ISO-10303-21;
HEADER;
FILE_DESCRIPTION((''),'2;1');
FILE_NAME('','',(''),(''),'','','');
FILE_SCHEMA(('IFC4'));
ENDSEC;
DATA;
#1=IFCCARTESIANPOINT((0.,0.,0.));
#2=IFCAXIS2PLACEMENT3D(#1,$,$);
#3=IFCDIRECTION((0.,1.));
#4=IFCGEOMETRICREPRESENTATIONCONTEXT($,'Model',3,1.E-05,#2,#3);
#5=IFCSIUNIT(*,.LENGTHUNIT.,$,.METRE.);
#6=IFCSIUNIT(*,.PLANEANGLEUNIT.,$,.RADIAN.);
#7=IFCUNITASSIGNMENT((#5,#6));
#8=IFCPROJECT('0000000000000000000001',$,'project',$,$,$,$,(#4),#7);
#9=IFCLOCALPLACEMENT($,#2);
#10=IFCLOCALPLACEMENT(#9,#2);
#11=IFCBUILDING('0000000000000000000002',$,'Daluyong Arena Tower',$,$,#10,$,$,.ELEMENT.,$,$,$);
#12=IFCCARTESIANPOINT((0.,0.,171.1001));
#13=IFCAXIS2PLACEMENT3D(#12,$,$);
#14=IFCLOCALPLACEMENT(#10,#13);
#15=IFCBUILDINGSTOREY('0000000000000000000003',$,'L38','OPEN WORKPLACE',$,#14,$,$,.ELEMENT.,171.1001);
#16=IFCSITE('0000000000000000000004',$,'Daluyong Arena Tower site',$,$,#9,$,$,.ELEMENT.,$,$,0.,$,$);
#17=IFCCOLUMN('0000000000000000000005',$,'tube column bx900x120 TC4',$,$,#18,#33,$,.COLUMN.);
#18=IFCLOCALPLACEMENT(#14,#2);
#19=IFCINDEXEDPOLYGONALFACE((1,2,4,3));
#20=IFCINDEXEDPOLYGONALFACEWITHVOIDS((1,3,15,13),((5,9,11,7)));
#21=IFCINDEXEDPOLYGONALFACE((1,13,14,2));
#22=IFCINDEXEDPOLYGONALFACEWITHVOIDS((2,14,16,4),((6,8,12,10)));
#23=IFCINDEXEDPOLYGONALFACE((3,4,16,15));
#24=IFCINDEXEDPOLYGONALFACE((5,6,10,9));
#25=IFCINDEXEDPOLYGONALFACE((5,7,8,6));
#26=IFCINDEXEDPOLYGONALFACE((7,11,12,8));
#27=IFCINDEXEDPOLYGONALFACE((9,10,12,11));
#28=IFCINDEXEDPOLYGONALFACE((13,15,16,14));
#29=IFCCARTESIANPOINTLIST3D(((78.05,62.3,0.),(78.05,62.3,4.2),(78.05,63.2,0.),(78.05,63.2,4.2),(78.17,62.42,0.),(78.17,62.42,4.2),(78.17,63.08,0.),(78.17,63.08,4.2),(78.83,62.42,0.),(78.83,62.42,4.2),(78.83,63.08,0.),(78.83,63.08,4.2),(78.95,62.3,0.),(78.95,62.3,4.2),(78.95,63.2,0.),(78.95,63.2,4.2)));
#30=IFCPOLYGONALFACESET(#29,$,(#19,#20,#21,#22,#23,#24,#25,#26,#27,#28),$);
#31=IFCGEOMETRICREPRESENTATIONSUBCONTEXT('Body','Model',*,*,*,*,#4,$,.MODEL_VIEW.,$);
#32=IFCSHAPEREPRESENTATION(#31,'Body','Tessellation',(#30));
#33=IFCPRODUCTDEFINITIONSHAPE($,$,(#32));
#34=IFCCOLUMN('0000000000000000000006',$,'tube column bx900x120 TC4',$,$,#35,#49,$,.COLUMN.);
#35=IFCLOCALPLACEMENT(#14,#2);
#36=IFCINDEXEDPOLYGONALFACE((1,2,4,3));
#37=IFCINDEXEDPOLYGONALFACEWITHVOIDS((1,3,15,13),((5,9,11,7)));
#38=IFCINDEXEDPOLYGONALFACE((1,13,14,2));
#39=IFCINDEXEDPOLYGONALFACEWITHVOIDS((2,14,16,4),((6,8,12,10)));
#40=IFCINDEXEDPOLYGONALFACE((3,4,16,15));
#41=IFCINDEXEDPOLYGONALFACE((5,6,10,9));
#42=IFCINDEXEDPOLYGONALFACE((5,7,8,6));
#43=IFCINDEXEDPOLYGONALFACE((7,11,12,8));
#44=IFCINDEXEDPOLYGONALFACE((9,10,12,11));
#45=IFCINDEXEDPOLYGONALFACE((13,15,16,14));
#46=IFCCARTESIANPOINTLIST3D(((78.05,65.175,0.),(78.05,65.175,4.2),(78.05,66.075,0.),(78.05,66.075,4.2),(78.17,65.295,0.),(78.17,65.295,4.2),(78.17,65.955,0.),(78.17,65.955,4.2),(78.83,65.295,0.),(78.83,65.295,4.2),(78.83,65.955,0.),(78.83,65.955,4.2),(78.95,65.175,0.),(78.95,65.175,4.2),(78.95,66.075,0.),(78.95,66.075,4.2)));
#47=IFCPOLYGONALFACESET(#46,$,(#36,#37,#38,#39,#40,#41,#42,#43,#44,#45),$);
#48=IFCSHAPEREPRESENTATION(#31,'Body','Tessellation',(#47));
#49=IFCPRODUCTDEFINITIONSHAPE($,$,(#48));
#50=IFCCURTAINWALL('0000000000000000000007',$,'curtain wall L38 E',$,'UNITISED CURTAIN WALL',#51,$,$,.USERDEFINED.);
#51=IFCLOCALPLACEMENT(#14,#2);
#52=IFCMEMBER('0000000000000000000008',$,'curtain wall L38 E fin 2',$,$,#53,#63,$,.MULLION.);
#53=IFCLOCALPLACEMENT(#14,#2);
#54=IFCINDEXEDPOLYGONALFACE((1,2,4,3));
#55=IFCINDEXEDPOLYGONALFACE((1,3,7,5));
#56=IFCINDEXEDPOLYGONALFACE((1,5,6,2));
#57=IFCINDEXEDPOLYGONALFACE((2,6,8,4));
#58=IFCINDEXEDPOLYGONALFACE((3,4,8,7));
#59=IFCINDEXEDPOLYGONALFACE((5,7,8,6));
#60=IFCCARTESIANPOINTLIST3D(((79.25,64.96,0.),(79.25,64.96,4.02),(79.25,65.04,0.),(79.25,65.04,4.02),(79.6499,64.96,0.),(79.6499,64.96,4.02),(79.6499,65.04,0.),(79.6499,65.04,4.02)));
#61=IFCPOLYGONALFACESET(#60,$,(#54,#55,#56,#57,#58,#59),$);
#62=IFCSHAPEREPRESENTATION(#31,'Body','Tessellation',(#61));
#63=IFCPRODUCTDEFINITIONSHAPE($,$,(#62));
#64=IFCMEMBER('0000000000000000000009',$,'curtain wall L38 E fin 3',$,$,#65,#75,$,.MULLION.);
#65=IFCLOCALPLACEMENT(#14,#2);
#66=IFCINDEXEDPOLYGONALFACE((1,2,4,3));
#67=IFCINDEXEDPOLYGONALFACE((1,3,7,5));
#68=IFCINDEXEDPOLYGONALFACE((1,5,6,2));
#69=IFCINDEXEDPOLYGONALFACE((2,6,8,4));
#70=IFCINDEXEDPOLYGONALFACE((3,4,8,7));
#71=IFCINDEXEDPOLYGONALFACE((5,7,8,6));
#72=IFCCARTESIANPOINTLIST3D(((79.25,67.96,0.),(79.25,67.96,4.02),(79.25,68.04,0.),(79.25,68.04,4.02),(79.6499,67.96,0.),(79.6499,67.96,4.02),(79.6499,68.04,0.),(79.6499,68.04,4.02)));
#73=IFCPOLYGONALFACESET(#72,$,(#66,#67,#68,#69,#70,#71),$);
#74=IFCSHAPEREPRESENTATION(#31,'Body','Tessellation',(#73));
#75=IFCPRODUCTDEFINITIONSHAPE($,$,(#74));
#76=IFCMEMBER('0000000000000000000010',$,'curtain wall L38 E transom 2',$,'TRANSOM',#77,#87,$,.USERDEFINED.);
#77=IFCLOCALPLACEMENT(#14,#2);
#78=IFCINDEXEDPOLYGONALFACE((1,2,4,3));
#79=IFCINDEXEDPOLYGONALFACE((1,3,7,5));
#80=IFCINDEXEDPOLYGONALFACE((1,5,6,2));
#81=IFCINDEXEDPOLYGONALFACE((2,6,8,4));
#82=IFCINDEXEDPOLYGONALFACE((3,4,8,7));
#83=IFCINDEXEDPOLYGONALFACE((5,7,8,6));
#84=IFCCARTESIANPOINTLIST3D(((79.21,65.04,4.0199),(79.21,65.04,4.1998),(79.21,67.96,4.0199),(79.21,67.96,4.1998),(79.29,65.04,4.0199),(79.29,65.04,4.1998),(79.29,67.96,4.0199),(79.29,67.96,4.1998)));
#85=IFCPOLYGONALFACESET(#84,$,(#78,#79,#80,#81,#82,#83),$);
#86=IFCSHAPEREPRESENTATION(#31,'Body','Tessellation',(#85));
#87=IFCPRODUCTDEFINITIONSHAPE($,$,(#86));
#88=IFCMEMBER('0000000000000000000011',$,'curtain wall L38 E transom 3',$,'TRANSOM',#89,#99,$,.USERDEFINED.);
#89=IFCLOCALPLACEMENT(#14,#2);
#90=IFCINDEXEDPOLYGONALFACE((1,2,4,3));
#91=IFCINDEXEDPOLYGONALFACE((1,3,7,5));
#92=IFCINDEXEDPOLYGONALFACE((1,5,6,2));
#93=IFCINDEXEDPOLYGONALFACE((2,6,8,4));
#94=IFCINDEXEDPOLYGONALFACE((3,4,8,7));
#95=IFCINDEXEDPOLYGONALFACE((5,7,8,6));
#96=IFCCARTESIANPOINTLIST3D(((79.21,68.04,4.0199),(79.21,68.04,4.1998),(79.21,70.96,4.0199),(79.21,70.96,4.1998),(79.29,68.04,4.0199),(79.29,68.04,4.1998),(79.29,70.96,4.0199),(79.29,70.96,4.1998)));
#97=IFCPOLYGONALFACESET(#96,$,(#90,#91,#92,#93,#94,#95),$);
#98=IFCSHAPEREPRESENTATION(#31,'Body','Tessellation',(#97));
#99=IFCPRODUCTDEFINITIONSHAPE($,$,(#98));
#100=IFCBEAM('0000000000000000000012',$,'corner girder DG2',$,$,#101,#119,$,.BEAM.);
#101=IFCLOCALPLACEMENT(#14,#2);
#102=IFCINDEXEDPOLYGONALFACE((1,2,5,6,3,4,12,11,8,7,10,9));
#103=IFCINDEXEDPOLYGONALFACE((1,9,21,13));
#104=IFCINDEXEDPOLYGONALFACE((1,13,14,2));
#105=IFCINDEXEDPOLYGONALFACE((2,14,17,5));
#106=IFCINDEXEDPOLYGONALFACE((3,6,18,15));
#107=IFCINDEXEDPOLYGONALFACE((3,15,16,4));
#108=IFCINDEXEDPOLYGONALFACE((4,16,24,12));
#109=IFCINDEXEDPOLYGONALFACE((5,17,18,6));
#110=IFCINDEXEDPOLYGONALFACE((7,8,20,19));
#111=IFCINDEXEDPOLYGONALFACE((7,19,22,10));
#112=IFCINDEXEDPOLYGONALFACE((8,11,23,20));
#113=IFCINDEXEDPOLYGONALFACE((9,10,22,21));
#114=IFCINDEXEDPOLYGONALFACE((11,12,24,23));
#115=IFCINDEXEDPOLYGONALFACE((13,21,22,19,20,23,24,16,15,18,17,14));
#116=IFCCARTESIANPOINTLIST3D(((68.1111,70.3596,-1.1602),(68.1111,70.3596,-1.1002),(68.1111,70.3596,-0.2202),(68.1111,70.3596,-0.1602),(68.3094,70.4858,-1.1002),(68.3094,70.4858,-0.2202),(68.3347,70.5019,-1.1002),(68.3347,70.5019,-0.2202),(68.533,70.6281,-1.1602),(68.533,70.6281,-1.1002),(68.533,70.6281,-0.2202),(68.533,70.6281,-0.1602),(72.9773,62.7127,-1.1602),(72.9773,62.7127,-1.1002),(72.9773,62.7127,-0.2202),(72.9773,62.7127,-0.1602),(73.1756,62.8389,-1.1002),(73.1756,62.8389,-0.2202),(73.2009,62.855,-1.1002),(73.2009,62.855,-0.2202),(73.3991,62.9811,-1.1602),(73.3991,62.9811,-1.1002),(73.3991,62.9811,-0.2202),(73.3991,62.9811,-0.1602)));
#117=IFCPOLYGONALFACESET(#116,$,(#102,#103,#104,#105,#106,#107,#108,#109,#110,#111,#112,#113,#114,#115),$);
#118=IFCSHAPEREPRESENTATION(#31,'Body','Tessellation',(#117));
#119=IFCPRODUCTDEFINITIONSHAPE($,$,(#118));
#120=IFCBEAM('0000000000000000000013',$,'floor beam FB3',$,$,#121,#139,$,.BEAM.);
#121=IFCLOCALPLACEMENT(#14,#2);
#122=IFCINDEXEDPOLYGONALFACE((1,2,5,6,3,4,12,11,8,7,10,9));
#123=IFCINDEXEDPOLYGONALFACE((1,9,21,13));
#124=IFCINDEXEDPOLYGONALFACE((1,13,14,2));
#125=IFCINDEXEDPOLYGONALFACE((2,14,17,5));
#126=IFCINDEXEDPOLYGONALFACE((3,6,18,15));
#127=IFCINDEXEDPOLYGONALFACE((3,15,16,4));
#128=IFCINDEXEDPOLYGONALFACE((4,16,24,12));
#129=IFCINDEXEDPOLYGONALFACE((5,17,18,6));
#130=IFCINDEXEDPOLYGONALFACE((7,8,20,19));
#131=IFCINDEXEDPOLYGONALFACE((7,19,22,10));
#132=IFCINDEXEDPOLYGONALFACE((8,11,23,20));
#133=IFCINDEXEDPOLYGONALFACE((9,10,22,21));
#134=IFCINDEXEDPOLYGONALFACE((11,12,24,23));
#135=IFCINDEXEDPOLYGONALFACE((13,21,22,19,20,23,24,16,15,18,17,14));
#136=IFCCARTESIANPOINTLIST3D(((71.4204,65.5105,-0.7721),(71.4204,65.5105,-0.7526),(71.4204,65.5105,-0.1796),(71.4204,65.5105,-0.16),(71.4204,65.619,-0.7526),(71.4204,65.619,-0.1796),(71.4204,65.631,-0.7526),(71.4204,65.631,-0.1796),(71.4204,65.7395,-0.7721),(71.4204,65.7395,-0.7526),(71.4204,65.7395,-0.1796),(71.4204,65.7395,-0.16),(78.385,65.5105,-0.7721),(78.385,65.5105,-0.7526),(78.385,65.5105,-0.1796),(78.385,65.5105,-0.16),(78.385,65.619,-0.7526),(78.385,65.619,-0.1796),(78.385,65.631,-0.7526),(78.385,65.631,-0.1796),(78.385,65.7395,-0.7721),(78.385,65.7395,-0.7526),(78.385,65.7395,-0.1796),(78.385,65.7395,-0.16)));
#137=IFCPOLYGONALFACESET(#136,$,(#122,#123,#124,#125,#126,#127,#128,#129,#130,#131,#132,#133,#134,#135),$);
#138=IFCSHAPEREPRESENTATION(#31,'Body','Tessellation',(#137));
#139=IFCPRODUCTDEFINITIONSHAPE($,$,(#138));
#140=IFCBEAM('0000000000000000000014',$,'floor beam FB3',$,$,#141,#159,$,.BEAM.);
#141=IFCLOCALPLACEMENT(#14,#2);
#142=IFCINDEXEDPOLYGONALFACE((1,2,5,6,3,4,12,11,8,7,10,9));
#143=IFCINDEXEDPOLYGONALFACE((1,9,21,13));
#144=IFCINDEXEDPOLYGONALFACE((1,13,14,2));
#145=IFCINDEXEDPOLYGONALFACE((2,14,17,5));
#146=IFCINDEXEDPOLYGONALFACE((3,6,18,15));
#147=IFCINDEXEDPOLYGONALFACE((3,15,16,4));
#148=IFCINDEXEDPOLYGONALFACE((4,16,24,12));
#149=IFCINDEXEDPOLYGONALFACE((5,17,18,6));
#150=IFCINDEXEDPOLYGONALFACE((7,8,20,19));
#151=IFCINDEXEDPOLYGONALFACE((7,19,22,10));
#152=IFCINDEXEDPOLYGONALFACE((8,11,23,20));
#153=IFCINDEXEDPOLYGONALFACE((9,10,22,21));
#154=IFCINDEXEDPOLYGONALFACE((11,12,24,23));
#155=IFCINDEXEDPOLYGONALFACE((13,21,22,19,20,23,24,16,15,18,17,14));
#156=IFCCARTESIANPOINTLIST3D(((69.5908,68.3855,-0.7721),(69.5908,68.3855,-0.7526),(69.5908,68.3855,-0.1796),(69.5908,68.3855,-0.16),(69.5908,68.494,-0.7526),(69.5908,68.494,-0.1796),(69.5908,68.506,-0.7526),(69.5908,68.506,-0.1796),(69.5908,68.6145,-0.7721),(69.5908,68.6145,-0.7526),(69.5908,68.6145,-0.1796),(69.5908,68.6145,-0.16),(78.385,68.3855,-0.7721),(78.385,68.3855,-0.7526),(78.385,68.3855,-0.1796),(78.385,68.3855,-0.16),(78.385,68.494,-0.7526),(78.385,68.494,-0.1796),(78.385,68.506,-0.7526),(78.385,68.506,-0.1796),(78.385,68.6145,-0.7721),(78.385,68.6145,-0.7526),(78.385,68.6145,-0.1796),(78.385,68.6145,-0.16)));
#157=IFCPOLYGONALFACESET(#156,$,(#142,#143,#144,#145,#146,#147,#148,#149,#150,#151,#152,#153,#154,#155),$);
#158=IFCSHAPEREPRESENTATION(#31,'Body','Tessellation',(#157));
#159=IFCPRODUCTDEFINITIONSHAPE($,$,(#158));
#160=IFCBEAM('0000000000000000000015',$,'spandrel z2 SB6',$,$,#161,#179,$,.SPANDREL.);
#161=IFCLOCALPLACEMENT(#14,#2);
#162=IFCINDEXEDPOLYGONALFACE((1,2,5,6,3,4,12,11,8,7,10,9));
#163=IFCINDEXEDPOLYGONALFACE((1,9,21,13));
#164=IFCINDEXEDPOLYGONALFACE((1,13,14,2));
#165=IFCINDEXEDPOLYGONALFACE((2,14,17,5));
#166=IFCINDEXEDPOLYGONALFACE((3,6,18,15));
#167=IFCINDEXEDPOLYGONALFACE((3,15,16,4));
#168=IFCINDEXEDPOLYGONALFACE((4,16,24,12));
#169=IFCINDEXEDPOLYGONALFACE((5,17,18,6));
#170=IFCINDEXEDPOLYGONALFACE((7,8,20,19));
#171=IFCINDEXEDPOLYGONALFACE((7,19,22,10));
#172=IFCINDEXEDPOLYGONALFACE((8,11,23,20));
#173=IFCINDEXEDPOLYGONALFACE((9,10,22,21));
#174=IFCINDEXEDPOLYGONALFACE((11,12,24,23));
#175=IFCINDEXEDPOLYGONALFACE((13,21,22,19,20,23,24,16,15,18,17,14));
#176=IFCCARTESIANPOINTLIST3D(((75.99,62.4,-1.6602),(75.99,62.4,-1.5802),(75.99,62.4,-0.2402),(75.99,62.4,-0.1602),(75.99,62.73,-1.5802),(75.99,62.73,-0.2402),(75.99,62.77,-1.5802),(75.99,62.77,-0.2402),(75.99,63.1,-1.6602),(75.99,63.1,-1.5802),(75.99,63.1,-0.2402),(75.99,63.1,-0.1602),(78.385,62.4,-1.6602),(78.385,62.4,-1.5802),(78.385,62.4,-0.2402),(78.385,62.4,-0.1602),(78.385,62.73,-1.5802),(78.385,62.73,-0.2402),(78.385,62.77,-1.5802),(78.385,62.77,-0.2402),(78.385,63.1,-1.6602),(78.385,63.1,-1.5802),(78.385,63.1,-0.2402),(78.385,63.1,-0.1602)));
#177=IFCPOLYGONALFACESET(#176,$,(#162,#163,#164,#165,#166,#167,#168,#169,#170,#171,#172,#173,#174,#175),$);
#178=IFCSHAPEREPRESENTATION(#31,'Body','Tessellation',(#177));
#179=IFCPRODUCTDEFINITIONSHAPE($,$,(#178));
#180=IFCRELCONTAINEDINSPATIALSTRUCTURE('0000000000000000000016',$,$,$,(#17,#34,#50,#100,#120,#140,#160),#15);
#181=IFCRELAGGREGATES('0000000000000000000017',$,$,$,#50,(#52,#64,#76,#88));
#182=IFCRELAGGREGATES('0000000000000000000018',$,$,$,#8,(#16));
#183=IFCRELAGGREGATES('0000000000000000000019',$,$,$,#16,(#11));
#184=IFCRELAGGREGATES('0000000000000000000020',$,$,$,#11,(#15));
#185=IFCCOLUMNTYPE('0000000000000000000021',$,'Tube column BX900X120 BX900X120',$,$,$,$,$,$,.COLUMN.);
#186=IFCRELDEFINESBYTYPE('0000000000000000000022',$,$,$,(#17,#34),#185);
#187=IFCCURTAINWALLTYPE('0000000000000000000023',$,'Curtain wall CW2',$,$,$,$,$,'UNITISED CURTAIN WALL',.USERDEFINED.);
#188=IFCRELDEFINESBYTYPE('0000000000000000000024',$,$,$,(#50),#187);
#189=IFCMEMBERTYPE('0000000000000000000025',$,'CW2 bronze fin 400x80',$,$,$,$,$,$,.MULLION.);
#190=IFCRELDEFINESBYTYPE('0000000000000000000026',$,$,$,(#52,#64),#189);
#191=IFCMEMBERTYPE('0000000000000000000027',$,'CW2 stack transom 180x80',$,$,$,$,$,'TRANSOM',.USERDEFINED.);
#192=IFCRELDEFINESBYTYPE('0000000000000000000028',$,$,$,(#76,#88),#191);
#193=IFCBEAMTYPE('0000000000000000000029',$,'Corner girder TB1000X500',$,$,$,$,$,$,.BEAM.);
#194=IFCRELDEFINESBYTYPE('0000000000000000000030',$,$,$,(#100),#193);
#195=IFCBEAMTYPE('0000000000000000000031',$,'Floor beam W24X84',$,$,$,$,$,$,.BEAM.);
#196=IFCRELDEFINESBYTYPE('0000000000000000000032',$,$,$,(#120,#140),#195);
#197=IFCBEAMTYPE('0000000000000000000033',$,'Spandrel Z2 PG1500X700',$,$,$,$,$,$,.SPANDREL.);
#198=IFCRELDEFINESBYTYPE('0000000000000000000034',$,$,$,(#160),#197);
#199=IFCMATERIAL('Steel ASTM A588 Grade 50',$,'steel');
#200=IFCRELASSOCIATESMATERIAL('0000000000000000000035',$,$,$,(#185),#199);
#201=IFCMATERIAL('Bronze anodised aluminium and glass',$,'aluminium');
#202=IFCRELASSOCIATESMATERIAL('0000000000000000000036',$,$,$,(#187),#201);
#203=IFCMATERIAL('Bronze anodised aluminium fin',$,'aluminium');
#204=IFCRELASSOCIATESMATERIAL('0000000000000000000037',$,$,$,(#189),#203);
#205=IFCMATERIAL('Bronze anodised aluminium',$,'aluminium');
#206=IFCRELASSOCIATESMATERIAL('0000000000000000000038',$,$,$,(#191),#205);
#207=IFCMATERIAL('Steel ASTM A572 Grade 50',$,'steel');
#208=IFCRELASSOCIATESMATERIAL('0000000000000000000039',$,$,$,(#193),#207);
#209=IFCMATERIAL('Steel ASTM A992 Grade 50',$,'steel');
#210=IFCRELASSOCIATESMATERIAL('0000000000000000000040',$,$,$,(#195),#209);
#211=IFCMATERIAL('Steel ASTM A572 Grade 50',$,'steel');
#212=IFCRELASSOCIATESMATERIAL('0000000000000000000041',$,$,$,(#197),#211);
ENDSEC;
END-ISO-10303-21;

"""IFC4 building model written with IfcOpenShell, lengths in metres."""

from ifc_helpers import new_model, si_unit, direction, frame, origin, origin_2d, place, context, subcontext, project, spatial, rectangle, hollow_rectangle, i_section, extrude, material, material_profile, profile_set, type_object, element, aggregate, save


model = new_model("IFC4")

# Units and contexts
model_context = context("Model", 3, precision=1e-05, world=origin(), true_north=direction((0.0, 1.0)))
body_context = subcontext(model_context, "Body", "Model", "MODEL_VIEW")
ifc_project = project(units=[si_unit("LENGTHUNIT", "METRE"), si_unit("PLANEANGLEUNIT", "RADIAN")], contexts=[model_context])

# Site, building, storey
site_placement = place(None, origin())
site = spatial("IfcSite", under=ifc_project, at=site_placement, Name="Daluyong Arena Tower site", CompositionType="ELEMENT", RefElevation=0.0)
building_placement = place(site_placement, origin())
building = spatial("IfcBuilding", under=site, at=building_placement, Name="Daluyong Arena Tower", CompositionType="ELEMENT")
storey_placement = place(building_placement, frame((0.0, 0.0, 171.1001)))
storey = spatial("IfcBuildingStorey", under=building, at=storey_placement, Name="L38", Description="OPEN WORKPLACE", CompositionType="ELEMENT", Elevation=171.1001)

# Columns
ifc_material_1 = material(Name="Steel ASTM A588 Grade 50", Category="steel")
ifc_material_profile_1 = material_profile(ifc_material_1, hollow_rectangle(XDim=0.8999, YDim=0.8999, WallThickness=0.12, at=origin_2d()))
ifc_profile_set_1 = profile_set([ifc_material_profile_1], Name="Steel ASTM A588 Grade 50")
column_type = type_object("IfcColumnType", Name="Tube column BX900X120 BX900X120", PredefinedType="COLUMN", material=ifc_profile_set_1)
for number, where, z_axis, x_axis, name in (
    (1, (78.5, 62.75, 0.0), (0.0, 0.0, 1.0), (0.0, 1.0, 0.0), "tube column bx900x120 TC4"),
    (2, (78.5, 65.625, 0.0), (0.0, 0.0, 1.0), (0.0, 1.0, 0.0), "tube column bx900x120 TC4"),
):
    element("IfcColumn", number, at=place(storey_placement, frame(where, z_axis=z_axis, x_axis=x_axis)), inside=storey, type_object=column_type, Name=name, PredefinedType="COLUMN", context=body_context, shape_type="SweptSolid", body=[
        extrude(hollow_rectangle(XDim=0.8999, YDim=0.8999, WallThickness=0.12, at=origin_2d()), origin(), (0.0, 0.0, 1.0), 4.2),
    ])

# Curtain wall, members
ifc_material_2 = material(Name="Bronze anodised aluminium and glass", Category="aluminium")
curtain_wall_type = type_object("IfcCurtainWallType", Name="Curtain wall CW2", ElementType="UNITISED CURTAIN WALL", PredefinedType="USERDEFINED", material=ifc_material_2)
curtain_wall_placement = place(storey_placement, origin())
curtain_wall = element("IfcCurtainWall", 3, at=curtain_wall_placement, inside=storey, type_object=curtain_wall_type, Name="curtain wall L38 E", ObjectType="UNITISED CURTAIN WALL", PredefinedType="USERDEFINED")
ifc_material_3 = material(Name="Bronze anodised aluminium fin", Category="aluminium")
ifc_material_profile_2 = material_profile(ifc_material_3, rectangle(XDim=0.3999, YDim=0.0801, at=origin_2d()))
ifc_profile_set_2 = profile_set([ifc_material_profile_2], Name="Bronze anodised aluminium fin")
member_type_1 = type_object("IfcMemberType", Name="CW2 bronze fin 400x80", PredefinedType="MULLION", material=ifc_profile_set_2)
member_1_placement = place(storey_placement, frame((79.45, 65.0, 0.0), z_axis=(0.0, 0.0, 1.0), x_axis=(-1.0, 0.0, 0.0)))
member_1 = element("IfcMember", 4, at=member_1_placement, type_object=member_type_1, Name="curtain wall L38 E fin 2", PredefinedType="MULLION", context=body_context, shape_type="SweptSolid", body=[
    extrude(rectangle(XDim=0.3999, YDim=0.0801, at=origin_2d()), origin(), (0.0, 0.0, 1.0), 4.02),
])
member_2_placement = place(storey_placement, frame((79.45, 68.0, 0.0), z_axis=(0.0, 0.0, 1.0), x_axis=(-1.0, 0.0, 0.0)))
member_2 = element("IfcMember", 5, at=member_2_placement, type_object=member_type_1, Name="curtain wall L38 E fin 3", PredefinedType="MULLION", context=body_context, shape_type="SweptSolid", body=[
    extrude(rectangle(XDim=0.3999, YDim=0.0801, at=origin_2d()), origin(), (0.0, 0.0, 1.0), 4.02),
])
ifc_material_4 = material(Name="Bronze anodised aluminium", Category="aluminium")
ifc_material_profile_3 = material_profile(ifc_material_4, rectangle(XDim=0.0801, YDim=0.1799, at=origin_2d()))
ifc_profile_set_3 = profile_set([ifc_material_profile_3], Name="Bronze anodised aluminium")
member_type_2 = type_object("IfcMemberType", Name="CW2 stack transom 180x80", ElementType="TRANSOM", PredefinedType="USERDEFINED", material=ifc_profile_set_3)
member_3_placement = place(storey_placement, frame((79.25, 65.04, 4.1099), z_axis=(0.0, 1.0, 0.0), x_axis=(-1.0, 0.0, 0.0)))
member_3 = element("IfcMember", 6, at=member_3_placement, type_object=member_type_2, Name="curtain wall L38 E transom 2", ObjectType="TRANSOM", PredefinedType="USERDEFINED", context=body_context, shape_type="SweptSolid", body=[
    extrude(rectangle(XDim=0.0801, YDim=0.1799, at=origin_2d()), origin(), (0.0, 0.0, 1.0), 2.9199),
])
member_4_placement = place(storey_placement, frame((79.25, 68.04, 4.1099), z_axis=(0.0, 1.0, 0.0), x_axis=(-1.0, 0.0, 0.0)))
member_4 = element("IfcMember", 7, at=member_4_placement, type_object=member_type_2, Name="curtain wall L38 E transom 3", ObjectType="TRANSOM", PredefinedType="USERDEFINED", context=body_context, shape_type="SweptSolid", body=[
    extrude(rectangle(XDim=0.0801, YDim=0.1799, at=origin_2d()), origin(), (0.0, 0.0, 1.0), 2.9199),
])

# Beams
ifc_material_5 = material(Name="Steel ASTM A572 Grade 50", Category="steel")
ifc_material_profile_4 = material_profile(ifc_material_5, i_section(OverallWidth=0.5, OverallDepth=1.0, WebThickness=0.03, FlangeThickness=0.06, at=origin_2d()))
ifc_profile_set_4 = profile_set([ifc_material_profile_4], Name="Steel ASTM A572 Grade 50")
beam_type_1 = type_object("IfcBeamType", Name="Corner girder TB1000X500", PredefinedType="BEAM", material=ifc_profile_set_4)
beam_1_placement = place(storey_placement, frame((73.1882, 62.8469, -0.6602), z_axis=(-0.536872, 0.843664, 0.0), x_axis=(-0.843664, -0.536872, 0.0)))
element("IfcBeam", 8, at=beam_1_placement, inside=storey, type_object=beam_type_1, Name="corner girder DG2", PredefinedType="BEAM", context=body_context, shape_type="SweptSolid", body=[
    extrude(i_section(OverallWidth=0.5, OverallDepth=1.0, WebThickness=0.03, FlangeThickness=0.06, at=origin_2d()), origin(), (0.0, 0.0, 1.0), 9.064),
])
ifc_material_6 = material(Name="Steel ASTM A992 Grade 50", Category="steel")
ifc_material_profile_5 = material_profile(ifc_material_6, i_section(OverallWidth=0.229, OverallDepth=0.6121, WebThickness=0.012, FlangeThickness=0.0195, at=origin_2d()))
ifc_profile_set_5 = profile_set([ifc_material_profile_5], Name="Steel ASTM A992 Grade 50")
beam_type_2 = type_object("IfcBeamType", Name="Floor beam W24X84", PredefinedType="BEAM", material=ifc_profile_set_5)
beam_2_placement = place(storey_placement, frame((78.385, 65.625, -0.4661), z_axis=(-1.0, 0.0, 0.0), x_axis=(0.0, -1.0, 0.0)))
element("IfcBeam", 9, at=beam_2_placement, inside=storey, type_object=beam_type_2, Name="floor beam FB3", PredefinedType="BEAM", context=body_context, shape_type="SweptSolid", body=[
    extrude(i_section(OverallWidth=0.229, OverallDepth=0.6121, WebThickness=0.012, FlangeThickness=0.0195, at=origin_2d()), origin(), (0.0, 0.0, 1.0), 6.9646),
])
beam_3_placement = place(storey_placement, frame((78.385, 68.5, -0.4661), z_axis=(-1.0, 0.0, 0.0), x_axis=(0.0, -1.0, 0.0)))
element("IfcBeam", 10, at=beam_3_placement, inside=storey, type_object=beam_type_2, Name="floor beam FB3", PredefinedType="BEAM", context=body_context, shape_type="SweptSolid", body=[
    extrude(i_section(OverallWidth=0.229, OverallDepth=0.6121, WebThickness=0.012, FlangeThickness=0.0195, at=origin_2d()), origin(), (0.0, 0.0, 1.0), 8.7942),
])
ifc_material_7 = material(Name="Steel ASTM A572 Grade 50", Category="steel")
ifc_material_profile_6 = material_profile(ifc_material_7, i_section(OverallWidth=0.7, OverallDepth=1.5, WebThickness=0.04, FlangeThickness=0.08, at=origin_2d()))
ifc_profile_set_6 = profile_set([ifc_material_profile_6], Name="Steel ASTM A572 Grade 50")
beam_type_3 = type_object("IfcBeamType", Name="Spandrel Z2 PG1500X700", PredefinedType="SPANDREL", material=ifc_profile_set_6)
beam_4_placement = place(storey_placement, frame((75.99, 62.75, -0.9102), z_axis=(1.0, 0.0, 0.0), x_axis=(0.0, 1.0, 0.0)))
element("IfcBeam", 11, at=beam_4_placement, inside=storey, type_object=beam_type_3, Name="spandrel z2 SB6", PredefinedType="SPANDREL", context=body_context, shape_type="SweptSolid", body=[
    extrude(i_section(OverallWidth=0.7, OverallDepth=1.5, WebThickness=0.04, FlangeThickness=0.08, at=origin_2d()), origin(), (0.0, 0.0, 1.0), 2.395),
])

aggregate(curtain_wall, [member_1, member_2, member_3, member_4])

save(model, "model.ifc")
